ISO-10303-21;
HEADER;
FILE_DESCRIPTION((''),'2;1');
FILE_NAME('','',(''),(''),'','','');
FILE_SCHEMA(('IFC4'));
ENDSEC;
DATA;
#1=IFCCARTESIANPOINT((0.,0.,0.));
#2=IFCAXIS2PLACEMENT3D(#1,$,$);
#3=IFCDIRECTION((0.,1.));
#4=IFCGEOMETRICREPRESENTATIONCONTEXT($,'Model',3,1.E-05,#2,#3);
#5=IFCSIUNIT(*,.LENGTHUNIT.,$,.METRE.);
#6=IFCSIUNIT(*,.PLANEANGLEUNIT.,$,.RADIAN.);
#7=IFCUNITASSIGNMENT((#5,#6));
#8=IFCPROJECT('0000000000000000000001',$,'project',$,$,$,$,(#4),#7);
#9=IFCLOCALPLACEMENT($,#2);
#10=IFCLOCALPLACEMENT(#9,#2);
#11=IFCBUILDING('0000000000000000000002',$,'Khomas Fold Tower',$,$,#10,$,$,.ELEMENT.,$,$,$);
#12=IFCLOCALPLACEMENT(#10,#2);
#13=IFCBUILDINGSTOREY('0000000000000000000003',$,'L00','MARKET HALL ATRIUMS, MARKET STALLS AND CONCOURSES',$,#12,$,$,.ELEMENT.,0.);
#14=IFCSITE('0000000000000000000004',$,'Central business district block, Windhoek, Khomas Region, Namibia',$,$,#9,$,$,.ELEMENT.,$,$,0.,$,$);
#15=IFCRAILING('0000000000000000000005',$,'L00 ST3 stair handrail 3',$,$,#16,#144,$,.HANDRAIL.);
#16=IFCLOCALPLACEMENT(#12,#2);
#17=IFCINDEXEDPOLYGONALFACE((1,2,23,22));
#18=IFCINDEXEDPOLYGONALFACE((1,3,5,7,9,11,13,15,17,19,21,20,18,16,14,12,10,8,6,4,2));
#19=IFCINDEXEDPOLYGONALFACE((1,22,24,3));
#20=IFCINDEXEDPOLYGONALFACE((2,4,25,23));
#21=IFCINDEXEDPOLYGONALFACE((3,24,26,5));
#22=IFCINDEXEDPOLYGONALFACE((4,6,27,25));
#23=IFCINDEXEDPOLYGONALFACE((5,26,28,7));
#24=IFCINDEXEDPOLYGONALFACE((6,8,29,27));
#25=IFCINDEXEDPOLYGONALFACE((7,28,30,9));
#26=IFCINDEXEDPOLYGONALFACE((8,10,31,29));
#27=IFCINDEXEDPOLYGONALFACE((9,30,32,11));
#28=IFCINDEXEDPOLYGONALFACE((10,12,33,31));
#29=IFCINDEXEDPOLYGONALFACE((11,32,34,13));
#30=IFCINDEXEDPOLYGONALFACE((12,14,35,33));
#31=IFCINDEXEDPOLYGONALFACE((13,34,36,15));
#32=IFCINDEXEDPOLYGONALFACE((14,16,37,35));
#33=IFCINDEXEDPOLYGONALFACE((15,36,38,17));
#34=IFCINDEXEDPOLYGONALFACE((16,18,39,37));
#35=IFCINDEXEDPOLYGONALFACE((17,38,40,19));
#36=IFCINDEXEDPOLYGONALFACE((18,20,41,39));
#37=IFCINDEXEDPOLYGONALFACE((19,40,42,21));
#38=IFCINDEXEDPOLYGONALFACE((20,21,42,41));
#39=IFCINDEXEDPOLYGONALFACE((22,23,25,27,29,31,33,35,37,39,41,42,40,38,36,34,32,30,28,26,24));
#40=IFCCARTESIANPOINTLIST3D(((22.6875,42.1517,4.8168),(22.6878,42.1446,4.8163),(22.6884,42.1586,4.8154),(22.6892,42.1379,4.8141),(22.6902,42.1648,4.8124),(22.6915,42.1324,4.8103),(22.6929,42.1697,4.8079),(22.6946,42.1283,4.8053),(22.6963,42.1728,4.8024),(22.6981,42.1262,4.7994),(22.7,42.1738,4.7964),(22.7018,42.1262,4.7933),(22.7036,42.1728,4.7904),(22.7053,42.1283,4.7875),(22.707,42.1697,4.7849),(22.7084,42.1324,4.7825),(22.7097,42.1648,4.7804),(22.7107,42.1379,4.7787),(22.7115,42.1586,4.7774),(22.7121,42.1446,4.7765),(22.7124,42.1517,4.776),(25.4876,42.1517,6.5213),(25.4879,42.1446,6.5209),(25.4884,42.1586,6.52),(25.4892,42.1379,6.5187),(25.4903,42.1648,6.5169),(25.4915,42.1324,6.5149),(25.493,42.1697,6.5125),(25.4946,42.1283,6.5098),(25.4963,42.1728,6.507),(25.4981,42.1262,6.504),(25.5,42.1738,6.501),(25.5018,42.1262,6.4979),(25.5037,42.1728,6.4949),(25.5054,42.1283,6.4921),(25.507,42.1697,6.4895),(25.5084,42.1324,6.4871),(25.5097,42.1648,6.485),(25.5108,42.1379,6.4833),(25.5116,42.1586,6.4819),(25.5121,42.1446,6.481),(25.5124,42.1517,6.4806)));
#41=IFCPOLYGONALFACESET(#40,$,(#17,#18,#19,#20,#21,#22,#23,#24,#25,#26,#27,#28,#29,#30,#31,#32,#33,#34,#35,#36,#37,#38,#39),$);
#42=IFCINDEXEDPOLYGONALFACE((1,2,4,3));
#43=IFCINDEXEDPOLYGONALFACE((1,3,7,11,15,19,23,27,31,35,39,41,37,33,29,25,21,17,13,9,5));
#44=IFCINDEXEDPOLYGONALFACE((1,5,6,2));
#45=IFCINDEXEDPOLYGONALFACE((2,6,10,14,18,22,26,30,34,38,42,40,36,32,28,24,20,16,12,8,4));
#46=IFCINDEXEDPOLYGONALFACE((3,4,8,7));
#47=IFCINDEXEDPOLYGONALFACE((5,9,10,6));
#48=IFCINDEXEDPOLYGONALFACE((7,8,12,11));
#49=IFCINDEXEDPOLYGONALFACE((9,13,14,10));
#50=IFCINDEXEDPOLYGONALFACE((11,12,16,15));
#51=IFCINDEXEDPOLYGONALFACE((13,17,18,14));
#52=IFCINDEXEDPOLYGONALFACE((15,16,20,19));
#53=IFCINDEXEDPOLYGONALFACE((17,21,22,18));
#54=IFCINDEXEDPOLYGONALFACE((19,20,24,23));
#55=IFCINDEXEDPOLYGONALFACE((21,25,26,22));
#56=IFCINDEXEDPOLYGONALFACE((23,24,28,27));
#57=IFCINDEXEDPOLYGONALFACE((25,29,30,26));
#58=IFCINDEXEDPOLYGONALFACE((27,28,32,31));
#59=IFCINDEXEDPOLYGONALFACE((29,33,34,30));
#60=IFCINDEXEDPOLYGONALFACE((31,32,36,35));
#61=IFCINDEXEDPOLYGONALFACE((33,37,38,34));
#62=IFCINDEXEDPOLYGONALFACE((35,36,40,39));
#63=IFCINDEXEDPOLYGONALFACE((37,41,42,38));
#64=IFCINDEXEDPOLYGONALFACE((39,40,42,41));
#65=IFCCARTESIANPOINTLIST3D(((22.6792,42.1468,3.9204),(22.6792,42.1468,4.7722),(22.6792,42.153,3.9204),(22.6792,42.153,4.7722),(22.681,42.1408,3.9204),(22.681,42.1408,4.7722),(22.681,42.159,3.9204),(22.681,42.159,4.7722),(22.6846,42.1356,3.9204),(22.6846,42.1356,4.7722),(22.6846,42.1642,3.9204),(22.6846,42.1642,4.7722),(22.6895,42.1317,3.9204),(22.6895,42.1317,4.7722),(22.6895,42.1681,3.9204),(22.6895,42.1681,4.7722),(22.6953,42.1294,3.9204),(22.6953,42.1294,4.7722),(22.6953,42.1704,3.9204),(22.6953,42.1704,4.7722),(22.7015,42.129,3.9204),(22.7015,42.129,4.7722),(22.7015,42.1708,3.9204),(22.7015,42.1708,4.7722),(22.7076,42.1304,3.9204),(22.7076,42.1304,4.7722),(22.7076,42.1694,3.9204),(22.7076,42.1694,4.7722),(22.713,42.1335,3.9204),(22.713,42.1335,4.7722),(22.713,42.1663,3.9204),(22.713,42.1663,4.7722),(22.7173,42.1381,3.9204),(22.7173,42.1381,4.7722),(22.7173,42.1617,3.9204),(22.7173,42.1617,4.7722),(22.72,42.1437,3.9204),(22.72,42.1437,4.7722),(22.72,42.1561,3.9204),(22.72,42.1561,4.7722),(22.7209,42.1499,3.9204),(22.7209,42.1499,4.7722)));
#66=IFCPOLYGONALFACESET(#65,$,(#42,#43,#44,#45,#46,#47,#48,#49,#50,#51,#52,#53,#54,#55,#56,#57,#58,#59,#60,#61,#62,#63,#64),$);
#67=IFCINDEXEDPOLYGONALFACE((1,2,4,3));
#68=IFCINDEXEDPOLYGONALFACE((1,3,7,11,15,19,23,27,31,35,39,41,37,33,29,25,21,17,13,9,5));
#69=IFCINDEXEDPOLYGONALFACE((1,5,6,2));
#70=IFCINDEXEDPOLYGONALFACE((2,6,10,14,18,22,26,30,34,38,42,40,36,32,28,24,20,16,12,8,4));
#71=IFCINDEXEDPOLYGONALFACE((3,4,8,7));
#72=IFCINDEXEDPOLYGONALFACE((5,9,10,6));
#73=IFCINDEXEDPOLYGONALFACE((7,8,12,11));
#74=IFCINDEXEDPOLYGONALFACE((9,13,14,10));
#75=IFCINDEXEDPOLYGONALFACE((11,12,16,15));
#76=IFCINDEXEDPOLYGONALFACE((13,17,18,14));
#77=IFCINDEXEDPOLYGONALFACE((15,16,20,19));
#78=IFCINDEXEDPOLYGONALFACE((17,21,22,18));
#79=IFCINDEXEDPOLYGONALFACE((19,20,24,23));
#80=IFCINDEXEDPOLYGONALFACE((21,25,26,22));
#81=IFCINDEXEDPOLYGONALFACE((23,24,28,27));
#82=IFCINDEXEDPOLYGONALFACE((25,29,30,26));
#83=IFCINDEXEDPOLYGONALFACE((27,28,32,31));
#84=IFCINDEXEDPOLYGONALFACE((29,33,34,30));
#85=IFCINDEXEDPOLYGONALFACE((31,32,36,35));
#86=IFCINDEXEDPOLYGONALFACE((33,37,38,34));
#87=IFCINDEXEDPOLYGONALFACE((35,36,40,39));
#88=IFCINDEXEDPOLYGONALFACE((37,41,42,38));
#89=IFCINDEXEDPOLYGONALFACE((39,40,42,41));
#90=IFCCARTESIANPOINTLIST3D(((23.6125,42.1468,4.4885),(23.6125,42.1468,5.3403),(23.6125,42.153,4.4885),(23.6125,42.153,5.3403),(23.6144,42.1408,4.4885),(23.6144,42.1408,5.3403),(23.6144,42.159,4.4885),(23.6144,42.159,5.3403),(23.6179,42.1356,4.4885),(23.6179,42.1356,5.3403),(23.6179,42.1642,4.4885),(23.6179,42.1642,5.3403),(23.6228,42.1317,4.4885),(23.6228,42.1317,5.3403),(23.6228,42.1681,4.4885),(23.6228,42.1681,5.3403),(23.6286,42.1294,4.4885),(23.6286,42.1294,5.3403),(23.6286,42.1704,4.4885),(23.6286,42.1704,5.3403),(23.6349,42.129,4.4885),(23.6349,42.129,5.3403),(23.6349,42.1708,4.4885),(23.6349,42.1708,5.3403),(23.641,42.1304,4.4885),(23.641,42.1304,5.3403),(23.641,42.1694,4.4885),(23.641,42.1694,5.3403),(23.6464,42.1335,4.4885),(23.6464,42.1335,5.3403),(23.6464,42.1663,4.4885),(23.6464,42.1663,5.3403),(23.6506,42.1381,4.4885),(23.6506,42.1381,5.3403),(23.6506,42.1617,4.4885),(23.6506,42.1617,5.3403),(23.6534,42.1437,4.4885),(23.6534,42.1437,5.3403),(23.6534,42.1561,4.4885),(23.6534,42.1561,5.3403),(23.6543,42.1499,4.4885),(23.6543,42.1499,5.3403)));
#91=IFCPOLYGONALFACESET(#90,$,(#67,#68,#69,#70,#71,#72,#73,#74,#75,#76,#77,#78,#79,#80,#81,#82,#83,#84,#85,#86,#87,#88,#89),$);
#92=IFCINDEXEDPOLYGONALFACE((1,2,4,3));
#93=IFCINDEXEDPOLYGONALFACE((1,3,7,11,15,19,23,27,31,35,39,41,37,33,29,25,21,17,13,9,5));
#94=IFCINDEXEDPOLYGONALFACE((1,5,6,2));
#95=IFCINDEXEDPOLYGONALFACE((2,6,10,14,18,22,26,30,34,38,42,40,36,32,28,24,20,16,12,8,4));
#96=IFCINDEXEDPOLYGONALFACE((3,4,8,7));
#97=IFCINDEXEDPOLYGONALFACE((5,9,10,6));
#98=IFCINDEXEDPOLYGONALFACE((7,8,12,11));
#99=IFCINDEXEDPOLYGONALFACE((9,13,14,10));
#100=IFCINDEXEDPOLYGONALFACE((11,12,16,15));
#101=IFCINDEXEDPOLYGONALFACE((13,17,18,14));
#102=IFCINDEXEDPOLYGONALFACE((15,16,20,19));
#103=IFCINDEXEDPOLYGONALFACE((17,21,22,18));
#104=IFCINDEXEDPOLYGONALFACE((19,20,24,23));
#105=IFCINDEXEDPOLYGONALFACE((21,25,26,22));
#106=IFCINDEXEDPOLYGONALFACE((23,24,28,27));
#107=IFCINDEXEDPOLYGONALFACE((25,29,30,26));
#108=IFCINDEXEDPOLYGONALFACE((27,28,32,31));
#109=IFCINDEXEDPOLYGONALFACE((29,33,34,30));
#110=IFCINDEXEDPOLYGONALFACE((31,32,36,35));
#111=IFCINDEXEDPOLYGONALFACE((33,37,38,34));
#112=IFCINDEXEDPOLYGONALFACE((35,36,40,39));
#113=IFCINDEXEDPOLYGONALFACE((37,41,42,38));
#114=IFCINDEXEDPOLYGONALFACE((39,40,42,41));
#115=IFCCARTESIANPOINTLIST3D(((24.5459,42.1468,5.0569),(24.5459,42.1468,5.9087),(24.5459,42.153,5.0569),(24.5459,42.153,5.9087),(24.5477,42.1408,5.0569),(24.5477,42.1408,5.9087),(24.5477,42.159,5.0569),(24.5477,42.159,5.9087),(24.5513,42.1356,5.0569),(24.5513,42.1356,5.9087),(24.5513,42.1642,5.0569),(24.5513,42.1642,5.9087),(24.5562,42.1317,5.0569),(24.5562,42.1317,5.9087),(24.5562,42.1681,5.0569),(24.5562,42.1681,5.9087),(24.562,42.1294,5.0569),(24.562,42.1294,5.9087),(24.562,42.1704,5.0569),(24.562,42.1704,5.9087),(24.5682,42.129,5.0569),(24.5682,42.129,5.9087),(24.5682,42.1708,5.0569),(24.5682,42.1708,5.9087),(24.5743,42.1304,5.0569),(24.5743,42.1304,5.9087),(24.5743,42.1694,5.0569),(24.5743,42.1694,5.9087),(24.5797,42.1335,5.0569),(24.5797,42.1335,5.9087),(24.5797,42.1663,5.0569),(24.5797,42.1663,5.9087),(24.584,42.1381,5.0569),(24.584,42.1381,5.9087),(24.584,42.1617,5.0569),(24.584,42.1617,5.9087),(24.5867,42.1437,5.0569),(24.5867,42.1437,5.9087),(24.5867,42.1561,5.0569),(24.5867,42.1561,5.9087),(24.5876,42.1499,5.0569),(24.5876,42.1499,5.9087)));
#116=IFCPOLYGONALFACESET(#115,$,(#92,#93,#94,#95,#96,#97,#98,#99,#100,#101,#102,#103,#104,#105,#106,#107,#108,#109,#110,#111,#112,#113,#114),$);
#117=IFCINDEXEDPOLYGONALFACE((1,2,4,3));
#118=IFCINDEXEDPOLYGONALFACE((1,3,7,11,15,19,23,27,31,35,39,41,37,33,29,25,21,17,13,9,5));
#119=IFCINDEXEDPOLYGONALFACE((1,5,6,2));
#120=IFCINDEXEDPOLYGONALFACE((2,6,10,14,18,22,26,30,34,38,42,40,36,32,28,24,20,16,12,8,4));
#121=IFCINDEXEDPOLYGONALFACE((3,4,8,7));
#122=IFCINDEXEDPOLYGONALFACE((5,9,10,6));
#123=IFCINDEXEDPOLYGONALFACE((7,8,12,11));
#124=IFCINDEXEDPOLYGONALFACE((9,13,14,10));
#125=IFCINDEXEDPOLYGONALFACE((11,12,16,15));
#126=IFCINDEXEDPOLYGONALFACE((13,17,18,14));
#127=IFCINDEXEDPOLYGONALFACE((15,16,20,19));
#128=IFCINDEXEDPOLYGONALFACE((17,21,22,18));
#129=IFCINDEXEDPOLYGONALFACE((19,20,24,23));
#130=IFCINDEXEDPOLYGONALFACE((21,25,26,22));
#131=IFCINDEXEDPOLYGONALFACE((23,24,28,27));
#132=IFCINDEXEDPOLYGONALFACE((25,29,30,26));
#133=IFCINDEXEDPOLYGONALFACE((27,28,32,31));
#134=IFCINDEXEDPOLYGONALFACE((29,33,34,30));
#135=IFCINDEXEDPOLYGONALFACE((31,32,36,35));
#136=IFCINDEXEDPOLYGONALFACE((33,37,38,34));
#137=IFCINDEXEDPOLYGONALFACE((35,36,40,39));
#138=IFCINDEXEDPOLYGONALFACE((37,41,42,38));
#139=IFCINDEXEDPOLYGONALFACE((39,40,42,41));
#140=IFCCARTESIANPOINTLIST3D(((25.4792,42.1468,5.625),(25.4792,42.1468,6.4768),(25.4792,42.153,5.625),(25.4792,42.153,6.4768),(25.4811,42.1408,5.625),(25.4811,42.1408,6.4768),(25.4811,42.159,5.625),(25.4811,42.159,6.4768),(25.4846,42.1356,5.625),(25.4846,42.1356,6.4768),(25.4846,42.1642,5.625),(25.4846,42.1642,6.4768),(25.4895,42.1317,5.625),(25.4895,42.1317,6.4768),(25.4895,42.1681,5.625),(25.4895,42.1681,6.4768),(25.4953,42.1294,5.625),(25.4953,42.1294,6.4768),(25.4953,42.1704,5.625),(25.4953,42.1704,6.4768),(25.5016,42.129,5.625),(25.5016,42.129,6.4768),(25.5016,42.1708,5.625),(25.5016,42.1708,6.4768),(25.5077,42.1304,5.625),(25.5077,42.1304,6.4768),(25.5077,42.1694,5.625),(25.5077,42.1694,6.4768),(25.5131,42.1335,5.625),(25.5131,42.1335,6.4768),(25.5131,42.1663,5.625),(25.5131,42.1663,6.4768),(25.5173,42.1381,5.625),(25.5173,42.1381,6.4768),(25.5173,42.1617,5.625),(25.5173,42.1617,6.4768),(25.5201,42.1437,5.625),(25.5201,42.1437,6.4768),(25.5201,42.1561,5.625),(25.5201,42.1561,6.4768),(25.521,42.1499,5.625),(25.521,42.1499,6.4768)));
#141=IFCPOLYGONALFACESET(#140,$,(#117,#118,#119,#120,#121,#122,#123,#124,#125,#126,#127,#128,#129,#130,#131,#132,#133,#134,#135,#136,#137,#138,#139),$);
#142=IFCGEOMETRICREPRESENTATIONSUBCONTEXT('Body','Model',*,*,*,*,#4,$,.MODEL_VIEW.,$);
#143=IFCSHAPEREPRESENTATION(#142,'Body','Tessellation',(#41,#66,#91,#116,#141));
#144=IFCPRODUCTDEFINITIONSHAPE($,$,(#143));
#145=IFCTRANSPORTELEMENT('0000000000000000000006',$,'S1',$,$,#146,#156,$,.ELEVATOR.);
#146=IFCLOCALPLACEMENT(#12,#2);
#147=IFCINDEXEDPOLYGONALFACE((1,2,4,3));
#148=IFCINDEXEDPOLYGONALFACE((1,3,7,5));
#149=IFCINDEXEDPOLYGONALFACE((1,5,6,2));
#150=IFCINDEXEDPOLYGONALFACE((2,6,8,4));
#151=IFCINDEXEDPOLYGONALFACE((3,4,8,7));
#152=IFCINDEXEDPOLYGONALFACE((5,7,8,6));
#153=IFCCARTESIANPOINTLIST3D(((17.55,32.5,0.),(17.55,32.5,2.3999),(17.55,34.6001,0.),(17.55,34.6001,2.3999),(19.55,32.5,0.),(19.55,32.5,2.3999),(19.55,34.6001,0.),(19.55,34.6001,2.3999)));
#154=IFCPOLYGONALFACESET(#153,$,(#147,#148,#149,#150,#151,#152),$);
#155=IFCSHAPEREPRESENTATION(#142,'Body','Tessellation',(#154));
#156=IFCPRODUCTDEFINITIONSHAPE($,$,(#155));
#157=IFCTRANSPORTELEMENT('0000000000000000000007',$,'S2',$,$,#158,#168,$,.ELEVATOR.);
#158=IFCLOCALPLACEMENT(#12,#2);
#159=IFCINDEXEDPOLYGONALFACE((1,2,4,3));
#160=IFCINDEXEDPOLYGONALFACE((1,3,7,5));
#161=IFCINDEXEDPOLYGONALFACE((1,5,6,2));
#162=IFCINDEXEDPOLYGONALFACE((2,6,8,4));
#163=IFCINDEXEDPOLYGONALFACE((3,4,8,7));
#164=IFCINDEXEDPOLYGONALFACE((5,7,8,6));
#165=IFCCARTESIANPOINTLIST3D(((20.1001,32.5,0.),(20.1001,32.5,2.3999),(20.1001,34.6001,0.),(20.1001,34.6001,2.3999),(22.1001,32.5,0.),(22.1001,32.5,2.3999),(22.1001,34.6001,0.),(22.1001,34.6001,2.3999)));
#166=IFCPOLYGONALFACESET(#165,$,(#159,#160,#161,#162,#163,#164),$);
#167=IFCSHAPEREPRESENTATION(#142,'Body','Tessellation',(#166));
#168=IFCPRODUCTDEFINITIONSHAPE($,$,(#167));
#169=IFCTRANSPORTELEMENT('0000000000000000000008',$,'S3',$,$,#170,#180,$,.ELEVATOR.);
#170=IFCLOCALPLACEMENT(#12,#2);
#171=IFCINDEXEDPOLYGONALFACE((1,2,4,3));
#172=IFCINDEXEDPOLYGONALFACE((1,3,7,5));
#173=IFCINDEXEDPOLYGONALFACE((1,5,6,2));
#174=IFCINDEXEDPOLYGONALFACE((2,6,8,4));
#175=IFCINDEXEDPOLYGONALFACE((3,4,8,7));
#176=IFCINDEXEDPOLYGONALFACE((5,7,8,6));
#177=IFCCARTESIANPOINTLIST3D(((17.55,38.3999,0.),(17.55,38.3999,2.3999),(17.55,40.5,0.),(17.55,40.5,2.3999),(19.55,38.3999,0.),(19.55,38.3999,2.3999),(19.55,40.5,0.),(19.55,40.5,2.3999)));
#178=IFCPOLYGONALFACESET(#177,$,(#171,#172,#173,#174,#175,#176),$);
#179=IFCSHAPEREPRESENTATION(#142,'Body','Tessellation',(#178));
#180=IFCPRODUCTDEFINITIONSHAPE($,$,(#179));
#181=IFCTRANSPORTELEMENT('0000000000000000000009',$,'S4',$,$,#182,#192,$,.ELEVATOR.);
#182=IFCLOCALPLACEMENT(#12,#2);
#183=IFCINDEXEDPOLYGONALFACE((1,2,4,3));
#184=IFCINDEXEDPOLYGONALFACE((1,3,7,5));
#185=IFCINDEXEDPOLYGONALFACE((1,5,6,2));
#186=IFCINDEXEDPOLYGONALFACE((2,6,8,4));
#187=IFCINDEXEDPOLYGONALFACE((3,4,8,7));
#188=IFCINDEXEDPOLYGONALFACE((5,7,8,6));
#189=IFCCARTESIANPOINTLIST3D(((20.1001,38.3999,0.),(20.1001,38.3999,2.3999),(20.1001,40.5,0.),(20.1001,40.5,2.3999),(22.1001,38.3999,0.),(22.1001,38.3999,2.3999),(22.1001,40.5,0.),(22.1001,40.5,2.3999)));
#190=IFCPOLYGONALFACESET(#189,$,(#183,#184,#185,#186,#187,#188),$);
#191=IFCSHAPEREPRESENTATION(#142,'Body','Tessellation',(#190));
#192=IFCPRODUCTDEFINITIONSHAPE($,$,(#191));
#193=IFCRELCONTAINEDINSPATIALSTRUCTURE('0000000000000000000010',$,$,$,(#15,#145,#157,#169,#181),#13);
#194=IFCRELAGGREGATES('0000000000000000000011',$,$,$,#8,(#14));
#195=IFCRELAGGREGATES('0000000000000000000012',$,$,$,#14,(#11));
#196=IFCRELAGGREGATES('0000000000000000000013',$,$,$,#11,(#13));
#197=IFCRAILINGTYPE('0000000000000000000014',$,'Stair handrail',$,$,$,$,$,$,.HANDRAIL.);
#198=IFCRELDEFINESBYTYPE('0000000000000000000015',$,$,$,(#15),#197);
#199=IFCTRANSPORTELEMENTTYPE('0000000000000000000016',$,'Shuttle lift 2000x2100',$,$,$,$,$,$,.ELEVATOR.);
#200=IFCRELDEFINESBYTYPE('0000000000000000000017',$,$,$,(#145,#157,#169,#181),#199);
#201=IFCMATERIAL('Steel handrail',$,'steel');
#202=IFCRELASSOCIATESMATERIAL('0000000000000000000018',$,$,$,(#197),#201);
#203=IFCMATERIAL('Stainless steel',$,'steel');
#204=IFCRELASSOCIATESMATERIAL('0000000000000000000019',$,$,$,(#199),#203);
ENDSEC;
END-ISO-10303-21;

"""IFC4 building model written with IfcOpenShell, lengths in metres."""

from ifc_helpers import new_model, si_unit, direction, frame, origin, origin_2d, place, context, subcontext, project, spatial, rectangle, circle, extrude, source, transform, mapped, material, type_object, element, save


model = new_model("IFC4")

# Units and contexts
model_context = context("Model", 3, precision=1e-05, world=origin(), true_north=direction((0.0, 1.0)))
body_context = subcontext(model_context, "Body", "Model", "MODEL_VIEW")
ifc_project = project(units=[si_unit("LENGTHUNIT", "METRE"), si_unit("PLANEANGLEUNIT", "RADIAN")], contexts=[model_context])

# Site, building, storey
site_placement = place(None, origin())
site = spatial("IfcSite", under=ifc_project, at=site_placement, Name="Central business district block, Windhoek, Khomas Region, Namibia", CompositionType="ELEMENT", RefElevation=0.0)
building_placement = place(site_placement, origin())
building = spatial("IfcBuilding", under=site, at=building_placement, Name="Khomas Fold Tower", CompositionType="ELEMENT")
storey_placement = place(building_placement, origin())
storey = spatial("IfcBuildingStorey", under=building, at=storey_placement, Name="L00", Description="MARKET HALL ATRIUMS, MARKET STALLS AND CONCOURSES", CompositionType="ELEMENT", Elevation=0.0)

# Railing
ifc_material_1 = material(Name="Steel handrail", Category="steel")
railing_type_1 = type_object("IfcRailingType", Name="Stair handrail", PredefinedType="HANDRAIL", material=ifc_material_1)
shared_shape_1 = source(origin(), body_context, "Body", "SweptSolid", [
    extrude(circle(Radius=0.0239, at=origin_2d()), frame((0.0, 0.0, 0.876), z_axis=(0.85417, 0.0, 0.519994), x_axis=(0.0, 1.0, 0.0)), (0.0, 0.0, 1.0), 3.2781),
    extrude(circle(Radius=0.021, at=origin_2d()), origin(), (0.0, 0.0, 1.0), 0.8518),
    extrude(circle(Radius=0.021, at=origin_2d()), frame((0.9333, 0.0, 0.5681)), (0.0, 0.0, 1.0), 0.8518),
    extrude(circle(Radius=0.021, at=origin_2d()), frame((1.8667, 0.0, 1.1365)), (0.0, 0.0, 1.0), 0.8518),
    extrude(circle(Radius=0.021, at=origin_2d()), frame((2.8, 0.0, 1.7046)), (0.0, 0.0, 1.0), 0.8518),
])
for number, where, name in (
    (1, (22.7, 42.1499, 3.9204), "L00 ST3 stair handrail 3"),
):
    element("IfcRailing", number, at=place(storey_placement, frame(where)), inside=storey, type_object=railing_type_1, Name=name, PredefinedType="HANDRAIL", context=body_context, shape_type="MappedRepresentation", body=[
        mapped(shared_shape_1, transform((0.0, 0.0, 0.0))),
    ])

# Transport elements
ifc_material_2 = material(Name="Stainless steel", Category="steel")
transport_element_type = type_object("IfcTransportElementType", Name="Shuttle lift 2000x2100", PredefinedType="ELEVATOR", material=ifc_material_2)
shared_shape_2 = source(origin(), body_context, "Body", "SweptSolid", [
    extrude(rectangle(XDim=2.0, YDim=2.1001, at=origin_2d()), origin(), (0.0, 0.0, 1.0), 2.3999),
])
for number, where, z_axis, x_axis, name in (
    (2, (18.55, 33.55, 0.0), (0.0, 0.0, 1.0), (1.0, 0.0, 0.0), "S1"),
    (3, (21.1001, 33.55, 0.0), (0.0, 0.0, 1.0), (1.0, 0.0, 0.0), "S2"),
    (4, (18.55, 39.45, 0.0), (0.0, 0.0, 1.0), (1.0, 0.0, 0.0), "S3"),
    (5, (21.1001, 39.45, 0.0), (0.0, 0.0, 1.0), (1.0, 0.0, 0.0), "S4"),
):
    element("IfcTransportElement", number, at=place(storey_placement, frame(where, z_axis=z_axis, x_axis=x_axis)), inside=storey, type_object=transport_element_type, Name=name, PredefinedType="ELEVATOR", context=body_context, shape_type="MappedRepresentation", body=[
        mapped(shared_shape_2, transform((0.0, 0.0, 0.0))),
    ])

save(model, "model.ifc")
